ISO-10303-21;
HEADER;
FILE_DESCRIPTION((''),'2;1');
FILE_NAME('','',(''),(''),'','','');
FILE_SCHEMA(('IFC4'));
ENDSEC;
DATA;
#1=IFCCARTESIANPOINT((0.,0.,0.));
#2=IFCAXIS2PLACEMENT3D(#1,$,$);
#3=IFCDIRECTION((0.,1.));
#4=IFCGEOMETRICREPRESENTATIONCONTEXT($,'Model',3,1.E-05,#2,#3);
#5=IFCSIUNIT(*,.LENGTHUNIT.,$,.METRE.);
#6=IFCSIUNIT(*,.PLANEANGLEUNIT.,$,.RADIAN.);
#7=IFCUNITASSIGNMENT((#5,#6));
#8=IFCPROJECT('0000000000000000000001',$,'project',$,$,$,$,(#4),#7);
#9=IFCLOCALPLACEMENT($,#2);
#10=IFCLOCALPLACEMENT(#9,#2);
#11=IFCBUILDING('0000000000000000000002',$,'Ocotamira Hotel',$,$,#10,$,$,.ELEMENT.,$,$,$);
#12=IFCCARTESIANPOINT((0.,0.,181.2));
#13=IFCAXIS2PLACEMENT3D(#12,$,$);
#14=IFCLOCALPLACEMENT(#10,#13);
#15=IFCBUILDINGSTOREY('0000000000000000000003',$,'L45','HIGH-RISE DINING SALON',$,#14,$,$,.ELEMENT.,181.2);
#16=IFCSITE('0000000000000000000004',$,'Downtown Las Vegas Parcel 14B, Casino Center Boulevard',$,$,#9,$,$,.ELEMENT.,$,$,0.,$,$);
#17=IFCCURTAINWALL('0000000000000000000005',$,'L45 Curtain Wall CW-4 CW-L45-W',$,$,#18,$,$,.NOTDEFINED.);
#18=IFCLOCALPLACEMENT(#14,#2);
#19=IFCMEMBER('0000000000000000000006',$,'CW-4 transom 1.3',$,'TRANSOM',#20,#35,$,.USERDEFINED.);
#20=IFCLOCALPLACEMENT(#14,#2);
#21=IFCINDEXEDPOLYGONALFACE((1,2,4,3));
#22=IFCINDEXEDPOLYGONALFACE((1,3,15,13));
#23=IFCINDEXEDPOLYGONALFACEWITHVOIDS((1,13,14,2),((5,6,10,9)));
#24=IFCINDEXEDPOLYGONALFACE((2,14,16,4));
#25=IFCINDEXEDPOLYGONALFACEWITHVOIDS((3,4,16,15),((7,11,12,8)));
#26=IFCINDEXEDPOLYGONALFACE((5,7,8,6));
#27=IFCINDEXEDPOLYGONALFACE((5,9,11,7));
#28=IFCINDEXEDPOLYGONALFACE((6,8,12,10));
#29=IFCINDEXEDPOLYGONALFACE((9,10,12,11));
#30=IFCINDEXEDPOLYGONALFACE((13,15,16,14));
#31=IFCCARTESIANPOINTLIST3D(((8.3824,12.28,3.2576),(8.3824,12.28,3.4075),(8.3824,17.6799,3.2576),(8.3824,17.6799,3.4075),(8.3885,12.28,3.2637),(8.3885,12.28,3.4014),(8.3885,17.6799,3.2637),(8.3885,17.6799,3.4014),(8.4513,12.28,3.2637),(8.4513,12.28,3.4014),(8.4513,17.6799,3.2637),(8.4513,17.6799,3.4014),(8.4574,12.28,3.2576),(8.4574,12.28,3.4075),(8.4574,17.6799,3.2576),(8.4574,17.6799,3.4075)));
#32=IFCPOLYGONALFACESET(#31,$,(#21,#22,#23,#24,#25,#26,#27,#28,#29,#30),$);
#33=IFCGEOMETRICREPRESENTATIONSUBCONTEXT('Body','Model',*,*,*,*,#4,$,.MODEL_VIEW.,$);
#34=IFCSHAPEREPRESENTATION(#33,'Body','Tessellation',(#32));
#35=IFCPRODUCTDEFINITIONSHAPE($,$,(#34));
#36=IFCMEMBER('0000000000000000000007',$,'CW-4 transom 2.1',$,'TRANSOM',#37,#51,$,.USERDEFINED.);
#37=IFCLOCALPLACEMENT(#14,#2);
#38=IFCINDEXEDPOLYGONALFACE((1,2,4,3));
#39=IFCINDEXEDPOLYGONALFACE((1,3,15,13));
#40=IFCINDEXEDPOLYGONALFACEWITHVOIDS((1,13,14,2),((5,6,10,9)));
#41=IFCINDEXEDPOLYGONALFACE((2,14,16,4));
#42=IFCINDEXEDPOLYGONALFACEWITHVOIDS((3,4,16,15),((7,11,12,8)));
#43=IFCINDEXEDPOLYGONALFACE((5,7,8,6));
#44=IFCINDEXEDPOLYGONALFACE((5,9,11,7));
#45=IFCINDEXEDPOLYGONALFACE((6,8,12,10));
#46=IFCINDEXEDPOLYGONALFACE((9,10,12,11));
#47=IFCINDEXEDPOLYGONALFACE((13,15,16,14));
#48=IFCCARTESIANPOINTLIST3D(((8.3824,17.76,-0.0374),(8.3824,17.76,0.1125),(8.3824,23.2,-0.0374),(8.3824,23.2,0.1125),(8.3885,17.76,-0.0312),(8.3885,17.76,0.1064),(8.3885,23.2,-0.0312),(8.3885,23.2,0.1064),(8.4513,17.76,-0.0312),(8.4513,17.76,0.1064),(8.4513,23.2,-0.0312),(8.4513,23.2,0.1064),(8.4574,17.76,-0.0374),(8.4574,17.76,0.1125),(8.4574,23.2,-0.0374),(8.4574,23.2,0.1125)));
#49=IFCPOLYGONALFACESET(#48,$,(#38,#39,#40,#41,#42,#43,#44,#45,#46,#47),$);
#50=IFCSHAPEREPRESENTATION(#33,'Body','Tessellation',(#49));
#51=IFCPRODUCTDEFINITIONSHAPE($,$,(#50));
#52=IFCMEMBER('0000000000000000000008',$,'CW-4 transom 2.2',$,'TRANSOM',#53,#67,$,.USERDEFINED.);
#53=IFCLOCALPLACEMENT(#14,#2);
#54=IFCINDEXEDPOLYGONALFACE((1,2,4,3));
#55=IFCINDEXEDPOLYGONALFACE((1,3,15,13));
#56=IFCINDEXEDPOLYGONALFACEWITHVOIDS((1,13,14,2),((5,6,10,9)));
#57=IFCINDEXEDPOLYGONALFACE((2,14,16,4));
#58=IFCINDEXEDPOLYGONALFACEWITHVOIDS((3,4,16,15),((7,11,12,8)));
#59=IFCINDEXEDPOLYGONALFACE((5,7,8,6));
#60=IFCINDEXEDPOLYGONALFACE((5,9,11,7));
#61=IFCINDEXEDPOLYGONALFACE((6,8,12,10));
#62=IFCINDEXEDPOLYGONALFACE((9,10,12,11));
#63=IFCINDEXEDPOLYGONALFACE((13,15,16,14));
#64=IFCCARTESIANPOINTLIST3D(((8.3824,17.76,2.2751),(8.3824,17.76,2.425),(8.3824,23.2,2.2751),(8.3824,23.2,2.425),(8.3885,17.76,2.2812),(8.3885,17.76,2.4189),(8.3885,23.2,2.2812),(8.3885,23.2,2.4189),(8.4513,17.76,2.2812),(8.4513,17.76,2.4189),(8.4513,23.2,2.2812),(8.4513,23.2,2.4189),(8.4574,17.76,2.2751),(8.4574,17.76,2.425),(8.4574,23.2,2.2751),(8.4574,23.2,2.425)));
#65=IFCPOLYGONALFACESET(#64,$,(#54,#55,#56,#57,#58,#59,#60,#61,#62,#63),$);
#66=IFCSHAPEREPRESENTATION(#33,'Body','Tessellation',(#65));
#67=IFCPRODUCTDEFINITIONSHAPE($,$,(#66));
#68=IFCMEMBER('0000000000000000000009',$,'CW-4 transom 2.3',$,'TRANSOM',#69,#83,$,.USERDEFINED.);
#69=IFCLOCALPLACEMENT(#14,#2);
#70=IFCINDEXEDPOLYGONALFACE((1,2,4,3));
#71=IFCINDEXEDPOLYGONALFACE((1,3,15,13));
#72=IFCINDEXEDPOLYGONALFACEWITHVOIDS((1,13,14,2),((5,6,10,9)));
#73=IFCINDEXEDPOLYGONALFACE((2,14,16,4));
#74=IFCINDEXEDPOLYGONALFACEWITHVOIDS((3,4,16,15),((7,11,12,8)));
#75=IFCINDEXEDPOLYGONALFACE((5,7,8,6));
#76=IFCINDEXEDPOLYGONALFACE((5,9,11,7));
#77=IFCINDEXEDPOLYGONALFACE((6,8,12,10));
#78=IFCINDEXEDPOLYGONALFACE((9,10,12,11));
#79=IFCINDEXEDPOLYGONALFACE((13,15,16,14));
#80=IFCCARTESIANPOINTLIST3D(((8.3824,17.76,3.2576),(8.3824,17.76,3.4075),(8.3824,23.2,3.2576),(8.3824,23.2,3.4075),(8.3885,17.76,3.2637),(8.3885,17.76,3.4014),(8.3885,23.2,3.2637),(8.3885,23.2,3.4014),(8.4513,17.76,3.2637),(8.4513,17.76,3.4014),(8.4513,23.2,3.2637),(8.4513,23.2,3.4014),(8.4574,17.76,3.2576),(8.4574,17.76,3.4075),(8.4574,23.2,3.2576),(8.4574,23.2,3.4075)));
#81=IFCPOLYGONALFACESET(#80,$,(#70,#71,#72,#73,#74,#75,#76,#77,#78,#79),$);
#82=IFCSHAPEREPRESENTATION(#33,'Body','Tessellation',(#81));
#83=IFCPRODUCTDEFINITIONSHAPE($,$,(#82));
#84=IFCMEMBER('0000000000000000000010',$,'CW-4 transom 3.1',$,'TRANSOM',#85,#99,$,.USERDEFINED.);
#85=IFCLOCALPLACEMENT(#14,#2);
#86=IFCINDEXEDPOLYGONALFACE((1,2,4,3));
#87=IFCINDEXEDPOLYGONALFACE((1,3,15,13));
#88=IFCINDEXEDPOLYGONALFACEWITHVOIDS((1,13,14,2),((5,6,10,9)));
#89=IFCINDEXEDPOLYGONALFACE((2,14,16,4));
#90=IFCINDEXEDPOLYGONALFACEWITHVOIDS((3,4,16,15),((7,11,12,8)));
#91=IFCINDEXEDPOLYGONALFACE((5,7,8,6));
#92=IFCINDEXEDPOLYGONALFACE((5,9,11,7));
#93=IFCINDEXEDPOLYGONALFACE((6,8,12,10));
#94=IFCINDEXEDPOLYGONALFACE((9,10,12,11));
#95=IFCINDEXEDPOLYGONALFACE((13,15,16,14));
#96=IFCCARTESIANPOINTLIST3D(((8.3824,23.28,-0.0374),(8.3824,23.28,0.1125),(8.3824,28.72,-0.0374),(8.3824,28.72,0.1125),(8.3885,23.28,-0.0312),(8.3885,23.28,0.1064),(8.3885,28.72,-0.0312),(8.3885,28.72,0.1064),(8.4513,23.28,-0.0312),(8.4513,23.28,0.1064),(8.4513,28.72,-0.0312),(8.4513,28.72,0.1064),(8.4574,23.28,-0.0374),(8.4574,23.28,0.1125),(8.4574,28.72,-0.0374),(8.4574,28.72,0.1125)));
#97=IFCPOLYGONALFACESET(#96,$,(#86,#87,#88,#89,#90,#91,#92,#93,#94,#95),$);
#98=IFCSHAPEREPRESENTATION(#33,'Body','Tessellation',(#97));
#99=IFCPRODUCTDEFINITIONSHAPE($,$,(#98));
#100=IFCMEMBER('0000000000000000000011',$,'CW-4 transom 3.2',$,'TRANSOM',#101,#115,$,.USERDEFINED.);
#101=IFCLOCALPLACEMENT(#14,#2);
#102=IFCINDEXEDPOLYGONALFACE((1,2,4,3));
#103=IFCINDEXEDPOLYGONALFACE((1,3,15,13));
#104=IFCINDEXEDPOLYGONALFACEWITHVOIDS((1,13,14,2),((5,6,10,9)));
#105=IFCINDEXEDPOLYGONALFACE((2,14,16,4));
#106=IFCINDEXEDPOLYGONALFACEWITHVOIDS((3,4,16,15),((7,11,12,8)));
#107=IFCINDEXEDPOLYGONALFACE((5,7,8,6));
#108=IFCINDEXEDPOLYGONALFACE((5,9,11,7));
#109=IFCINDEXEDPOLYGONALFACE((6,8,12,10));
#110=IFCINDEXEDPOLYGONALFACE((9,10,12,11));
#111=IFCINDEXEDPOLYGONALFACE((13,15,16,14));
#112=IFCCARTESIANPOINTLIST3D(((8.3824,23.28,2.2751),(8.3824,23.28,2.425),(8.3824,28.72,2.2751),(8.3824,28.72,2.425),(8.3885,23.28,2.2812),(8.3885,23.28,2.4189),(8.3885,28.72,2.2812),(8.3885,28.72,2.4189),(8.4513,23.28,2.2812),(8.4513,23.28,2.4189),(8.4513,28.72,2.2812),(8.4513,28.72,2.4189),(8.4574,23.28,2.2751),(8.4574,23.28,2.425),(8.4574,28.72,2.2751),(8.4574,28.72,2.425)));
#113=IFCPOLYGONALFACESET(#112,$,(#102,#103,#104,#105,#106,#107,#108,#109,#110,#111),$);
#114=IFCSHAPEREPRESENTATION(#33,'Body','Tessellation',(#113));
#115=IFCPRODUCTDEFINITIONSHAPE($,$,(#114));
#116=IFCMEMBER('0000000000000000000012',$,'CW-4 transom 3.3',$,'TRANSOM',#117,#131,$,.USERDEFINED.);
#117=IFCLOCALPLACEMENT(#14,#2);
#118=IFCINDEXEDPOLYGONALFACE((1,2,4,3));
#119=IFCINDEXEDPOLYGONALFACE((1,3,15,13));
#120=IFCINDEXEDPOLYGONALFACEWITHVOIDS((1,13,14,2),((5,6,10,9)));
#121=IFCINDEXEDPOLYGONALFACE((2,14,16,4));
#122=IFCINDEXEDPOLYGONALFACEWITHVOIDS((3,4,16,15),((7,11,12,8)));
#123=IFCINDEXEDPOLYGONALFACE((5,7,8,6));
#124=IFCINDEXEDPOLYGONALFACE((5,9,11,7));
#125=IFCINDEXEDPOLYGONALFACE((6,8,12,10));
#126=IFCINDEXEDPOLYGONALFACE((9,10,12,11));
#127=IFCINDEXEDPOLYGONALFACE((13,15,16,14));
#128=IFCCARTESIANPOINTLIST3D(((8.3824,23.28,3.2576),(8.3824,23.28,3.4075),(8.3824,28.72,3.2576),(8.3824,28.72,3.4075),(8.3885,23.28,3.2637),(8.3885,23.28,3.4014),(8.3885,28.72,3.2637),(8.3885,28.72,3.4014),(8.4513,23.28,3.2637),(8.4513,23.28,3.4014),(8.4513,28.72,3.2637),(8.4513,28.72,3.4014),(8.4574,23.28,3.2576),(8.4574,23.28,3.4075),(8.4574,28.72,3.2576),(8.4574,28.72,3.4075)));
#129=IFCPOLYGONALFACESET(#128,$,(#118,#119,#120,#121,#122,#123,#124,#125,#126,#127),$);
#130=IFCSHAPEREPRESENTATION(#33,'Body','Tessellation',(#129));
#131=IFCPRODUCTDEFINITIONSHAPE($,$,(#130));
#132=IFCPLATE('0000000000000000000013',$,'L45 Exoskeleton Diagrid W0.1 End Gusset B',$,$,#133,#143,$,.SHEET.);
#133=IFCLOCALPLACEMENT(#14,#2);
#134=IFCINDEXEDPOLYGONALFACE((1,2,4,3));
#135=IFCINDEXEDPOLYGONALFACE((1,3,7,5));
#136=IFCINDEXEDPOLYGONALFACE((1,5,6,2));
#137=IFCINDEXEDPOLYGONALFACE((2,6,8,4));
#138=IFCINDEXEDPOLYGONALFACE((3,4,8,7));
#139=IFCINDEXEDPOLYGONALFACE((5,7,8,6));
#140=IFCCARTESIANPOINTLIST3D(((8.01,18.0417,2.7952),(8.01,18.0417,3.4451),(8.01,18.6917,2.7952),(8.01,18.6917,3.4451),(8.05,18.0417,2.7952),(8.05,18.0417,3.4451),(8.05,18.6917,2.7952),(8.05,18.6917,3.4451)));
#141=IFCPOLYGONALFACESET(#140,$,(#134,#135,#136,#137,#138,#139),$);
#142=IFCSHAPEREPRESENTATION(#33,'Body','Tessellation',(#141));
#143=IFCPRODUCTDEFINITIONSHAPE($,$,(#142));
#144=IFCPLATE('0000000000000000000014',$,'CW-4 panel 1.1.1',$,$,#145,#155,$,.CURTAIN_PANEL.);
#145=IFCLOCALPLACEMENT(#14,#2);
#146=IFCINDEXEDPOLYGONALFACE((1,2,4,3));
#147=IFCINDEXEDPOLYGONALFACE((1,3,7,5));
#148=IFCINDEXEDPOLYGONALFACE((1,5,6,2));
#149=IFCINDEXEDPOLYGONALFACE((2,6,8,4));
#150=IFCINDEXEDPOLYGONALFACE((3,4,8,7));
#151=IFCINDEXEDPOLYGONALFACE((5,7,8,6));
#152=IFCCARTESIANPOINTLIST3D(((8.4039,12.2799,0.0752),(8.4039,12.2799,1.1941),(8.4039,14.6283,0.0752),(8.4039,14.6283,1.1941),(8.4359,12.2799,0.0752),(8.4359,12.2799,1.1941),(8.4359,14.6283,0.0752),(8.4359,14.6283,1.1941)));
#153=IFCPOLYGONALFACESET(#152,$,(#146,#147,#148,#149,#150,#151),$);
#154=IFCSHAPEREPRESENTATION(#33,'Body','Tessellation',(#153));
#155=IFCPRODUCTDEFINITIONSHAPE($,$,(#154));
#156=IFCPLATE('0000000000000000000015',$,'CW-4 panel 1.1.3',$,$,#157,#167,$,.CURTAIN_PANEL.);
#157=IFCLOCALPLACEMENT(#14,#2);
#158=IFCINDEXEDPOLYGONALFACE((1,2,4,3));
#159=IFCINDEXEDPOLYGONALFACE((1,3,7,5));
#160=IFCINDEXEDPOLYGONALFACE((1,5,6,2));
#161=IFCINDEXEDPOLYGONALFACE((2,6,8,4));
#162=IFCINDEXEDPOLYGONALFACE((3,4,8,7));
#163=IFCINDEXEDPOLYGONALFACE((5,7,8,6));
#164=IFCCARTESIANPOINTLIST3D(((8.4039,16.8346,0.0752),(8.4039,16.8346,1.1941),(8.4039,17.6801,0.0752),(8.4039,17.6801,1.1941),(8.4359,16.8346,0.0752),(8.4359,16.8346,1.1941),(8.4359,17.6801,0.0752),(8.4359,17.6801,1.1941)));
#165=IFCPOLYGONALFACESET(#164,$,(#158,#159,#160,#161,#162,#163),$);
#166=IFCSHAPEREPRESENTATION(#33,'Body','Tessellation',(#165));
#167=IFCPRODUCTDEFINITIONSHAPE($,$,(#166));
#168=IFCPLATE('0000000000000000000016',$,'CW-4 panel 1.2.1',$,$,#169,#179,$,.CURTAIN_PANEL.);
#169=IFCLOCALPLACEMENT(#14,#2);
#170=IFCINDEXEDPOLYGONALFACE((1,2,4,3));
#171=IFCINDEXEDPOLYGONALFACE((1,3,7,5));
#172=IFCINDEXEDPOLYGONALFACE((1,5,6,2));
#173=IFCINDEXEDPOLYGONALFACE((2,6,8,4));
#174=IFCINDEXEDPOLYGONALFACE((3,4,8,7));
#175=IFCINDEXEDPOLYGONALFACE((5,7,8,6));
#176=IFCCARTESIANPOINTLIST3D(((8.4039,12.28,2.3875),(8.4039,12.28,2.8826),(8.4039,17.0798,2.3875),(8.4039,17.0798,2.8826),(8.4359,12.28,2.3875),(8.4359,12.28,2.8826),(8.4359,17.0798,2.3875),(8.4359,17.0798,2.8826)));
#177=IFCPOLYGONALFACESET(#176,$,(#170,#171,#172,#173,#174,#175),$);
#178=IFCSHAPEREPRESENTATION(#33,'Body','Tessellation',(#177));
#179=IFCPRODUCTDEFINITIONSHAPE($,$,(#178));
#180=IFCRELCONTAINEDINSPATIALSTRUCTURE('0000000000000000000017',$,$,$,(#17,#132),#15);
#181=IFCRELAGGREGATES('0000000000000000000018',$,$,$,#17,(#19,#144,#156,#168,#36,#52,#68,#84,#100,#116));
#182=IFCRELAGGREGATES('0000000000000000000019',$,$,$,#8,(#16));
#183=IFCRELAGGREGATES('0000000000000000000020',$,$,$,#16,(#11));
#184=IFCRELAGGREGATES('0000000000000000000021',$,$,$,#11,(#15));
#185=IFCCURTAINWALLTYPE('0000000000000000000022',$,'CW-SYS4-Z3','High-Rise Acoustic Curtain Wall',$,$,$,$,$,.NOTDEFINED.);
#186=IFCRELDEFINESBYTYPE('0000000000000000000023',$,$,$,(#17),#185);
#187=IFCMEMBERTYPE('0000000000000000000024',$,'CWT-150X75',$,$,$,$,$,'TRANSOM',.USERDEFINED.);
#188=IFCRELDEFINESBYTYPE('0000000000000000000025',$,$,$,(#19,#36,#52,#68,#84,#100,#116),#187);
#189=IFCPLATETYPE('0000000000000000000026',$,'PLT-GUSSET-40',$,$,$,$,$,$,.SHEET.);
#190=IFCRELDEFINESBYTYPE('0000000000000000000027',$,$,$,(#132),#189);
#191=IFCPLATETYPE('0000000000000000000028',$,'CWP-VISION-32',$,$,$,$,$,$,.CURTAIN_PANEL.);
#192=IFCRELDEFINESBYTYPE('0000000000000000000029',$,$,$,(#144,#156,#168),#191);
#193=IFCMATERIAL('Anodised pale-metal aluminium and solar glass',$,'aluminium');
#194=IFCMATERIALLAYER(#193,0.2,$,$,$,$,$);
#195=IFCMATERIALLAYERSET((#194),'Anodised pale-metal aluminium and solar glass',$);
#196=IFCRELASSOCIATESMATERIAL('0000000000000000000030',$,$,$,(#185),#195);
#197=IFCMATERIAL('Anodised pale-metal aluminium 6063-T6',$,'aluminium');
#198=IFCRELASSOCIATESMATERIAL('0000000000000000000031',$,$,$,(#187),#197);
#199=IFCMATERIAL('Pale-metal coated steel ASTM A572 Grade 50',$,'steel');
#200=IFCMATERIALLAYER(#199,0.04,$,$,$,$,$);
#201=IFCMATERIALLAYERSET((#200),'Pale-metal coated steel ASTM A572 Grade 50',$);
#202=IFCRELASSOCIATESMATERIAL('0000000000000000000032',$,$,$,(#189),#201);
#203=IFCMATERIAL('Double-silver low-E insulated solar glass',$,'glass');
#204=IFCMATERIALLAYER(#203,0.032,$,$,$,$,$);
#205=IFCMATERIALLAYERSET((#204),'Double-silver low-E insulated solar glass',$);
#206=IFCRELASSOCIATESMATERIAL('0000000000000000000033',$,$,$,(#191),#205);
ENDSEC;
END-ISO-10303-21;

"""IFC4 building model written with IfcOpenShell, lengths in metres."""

from ifc_helpers import new_model, si_unit, direction, frame, origin, origin_2d, place, context, subcontext, project, spatial, rectangle, hollow_rectangle, extrude, source, transform, mapped, material, layer, layer_set, material_profile, profile_set, type_object, element, aggregate, save


model = new_model("IFC4")

# Units and contexts
model_context = context("Model", 3, precision=1e-05, world=origin(), true_north=direction((0.0, 1.0)))
body_context = subcontext(model_context, "Body", "Model", "MODEL_VIEW")
ifc_project = project(units=[si_unit("LENGTHUNIT", "METRE"), si_unit("PLANEANGLEUNIT", "RADIAN")], contexts=[model_context])

# Site, building, storey
site_placement = place(None, origin())
site = spatial("IfcSite", under=ifc_project, at=site_placement, Name="Downtown Las Vegas Parcel 14B, Casino Center Boulevard", CompositionType="ELEMENT", RefElevation=0.0)
building_placement = place(site_placement, origin())
building = spatial("IfcBuilding", under=site, at=building_placement, Name="Ocotamira Hotel", CompositionType="ELEMENT")
storey_placement = place(building_placement, frame((0.0, 0.0, 181.2)))
storey = spatial("IfcBuildingStorey", under=building, at=storey_placement, Name="L45", Description="HIGH-RISE DINING SALON", CompositionType="ELEMENT", Elevation=181.2)

# Curtain wall, members
ifc_material_1 = material(Name="Anodised pale-metal aluminium and solar glass", Category="aluminium")
ifc_layer_1 = layer(ifc_material_1, 0.2)
ifc_layer_set_1 = layer_set([ifc_layer_1], Name="Anodised pale-metal aluminium and solar glass")
curtain_wall_type = type_object("IfcCurtainWallType", Name="CW-SYS4-Z3", Description="High-Rise Acoustic Curtain Wall", PredefinedType="NOTDEFINED", material=ifc_layer_set_1)
curtain_wall_placement = place(storey_placement, origin())
curtain_wall = element("IfcCurtainWall", 1, at=curtain_wall_placement, inside=storey, type_object=curtain_wall_type, Name="L45 Curtain Wall CW-4 CW-L45-W", PredefinedType="NOTDEFINED")
ifc_material_2 = material(Name="Anodised pale-metal aluminium 6063-T6", Category="aluminium")
ifc_material_profile_1 = material_profile(ifc_material_2, hollow_rectangle(XDim=0.075, YDim=0.1499, WallThickness=0.0061, at=origin_2d()), Name="HSS150X75X6")
ifc_profile_set_1 = profile_set([ifc_material_profile_1], Name="Anodised pale-metal aluminium 6063-T6")
member_type_1 = type_object("IfcMemberType", Name="CWT-150X75", ElementType="TRANSOM", PredefinedType="USERDEFINED", material=ifc_profile_set_1)
shared_shape_1 = source(origin(), body_context, "Body", "SweptSolid", [
    extrude(hollow_rectangle(XDim=0.075, YDim=0.1499, WallThickness=0.0061, at=origin_2d()), origin(), (0.0, 0.0, 1.0), 5.3999),
])
member_1_placement = place(storey_placement, frame((8.4199, 12.28, 3.3325), z_axis=(0.0, 1.0, 0.0), x_axis=(-1.0, 0.0, 0.0)))
member_1 = element("IfcMember", 2, at=member_1_placement, type_object=member_type_1, Name="CW-4 transom 1.3", ObjectType="TRANSOM", PredefinedType="USERDEFINED", context=body_context, shape_type="MappedRepresentation", body=[
    mapped(shared_shape_1, transform((0.0, 0.0, 0.0), scale=1.0)),
])
shared_shape_2 = source(origin(), body_context, "Body", "SweptSolid", [
    extrude(hollow_rectangle(XDim=0.075, YDim=0.1499, WallThickness=0.0061, at=origin_2d()), origin(), (0.0, 0.0, 1.0), 5.4399),
])
member_2_placement = place(storey_placement, frame((8.4199, 17.76, 0.0376), z_axis=(0.0, 1.0, 0.0), x_axis=(-1.0, 0.0, 0.0)))
member_2 = element("IfcMember", 3, at=member_2_placement, type_object=member_type_1, Name="CW-4 transom 2.1", ObjectType="TRANSOM", PredefinedType="USERDEFINED", context=body_context, shape_type="MappedRepresentation", body=[
    mapped(shared_shape_2, transform((0.0, 0.0, 0.0), scale=1.0)),
])
member_3_placement = place(storey_placement, frame((8.4199, 17.76, 2.3501), z_axis=(0.0, 1.0, 0.0), x_axis=(-1.0, 0.0, 0.0)))
member_3 = element("IfcMember", 4, at=member_3_placement, type_object=member_type_1, Name="CW-4 transom 2.2", ObjectType="TRANSOM", PredefinedType="USERDEFINED", context=body_context, shape_type="MappedRepresentation", body=[
    mapped(shared_shape_2, transform((0.0, 0.0, 0.0), scale=1.0)),
])
member_4_placement = place(storey_placement, frame((8.4199, 17.76, 3.3325), z_axis=(0.0, 1.0, 0.0), x_axis=(-1.0, 0.0, 0.0)))
member_4 = element("IfcMember", 5, at=member_4_placement, type_object=member_type_1, Name="CW-4 transom 2.3", ObjectType="TRANSOM", PredefinedType="USERDEFINED", context=body_context, shape_type="MappedRepresentation", body=[
    mapped(shared_shape_2, transform((0.0, 0.0, 0.0), scale=1.0)),
])
member_5_placement = place(storey_placement, frame((8.4199, 23.28, 0.0376), z_axis=(0.0, 1.0, 0.0), x_axis=(-1.0, 0.0, 0.0)))
member_5 = element("IfcMember", 6, at=member_5_placement, type_object=member_type_1, Name="CW-4 transom 3.1", ObjectType="TRANSOM", PredefinedType="USERDEFINED", context=body_context, shape_type="MappedRepresentation", body=[
    mapped(shared_shape_2, transform((0.0, 0.0, 0.0), scale=1.0)),
])
member_6_placement = place(storey_placement, frame((8.4199, 23.28, 2.3501), z_axis=(0.0, 1.0, 0.0), x_axis=(-1.0, 0.0, 0.0)))
member_6 = element("IfcMember", 7, at=member_6_placement, type_object=member_type_1, Name="CW-4 transom 3.2", ObjectType="TRANSOM", PredefinedType="USERDEFINED", context=body_context, shape_type="MappedRepresentation", body=[
    mapped(shared_shape_2, transform((0.0, 0.0, 0.0), scale=1.0)),
])
member_7_placement = place(storey_placement, frame((8.4199, 23.28, 3.3325), z_axis=(0.0, 1.0, 0.0), x_axis=(-1.0, 0.0, 0.0)))
member_7 = element("IfcMember", 8, at=member_7_placement, type_object=member_type_1, Name="CW-4 transom 3.3", ObjectType="TRANSOM", PredefinedType="USERDEFINED", context=body_context, shape_type="MappedRepresentation", body=[
    mapped(shared_shape_2, transform((0.0, 0.0, 0.0), scale=1.0)),
])

# Plates
ifc_material_3 = material(Name="Pale-metal coated steel ASTM A572 Grade 50", Category="steel")
ifc_layer_2 = layer(ifc_material_3, 0.04)
ifc_layer_set_2 = layer_set([ifc_layer_2], Name="Pale-metal coated steel ASTM A572 Grade 50")
plate_type_1 = type_object("IfcPlateType", Name="PLT-GUSSET-40", PredefinedType="SHEET", material=ifc_layer_set_2)
shared_shape_3 = source(origin(), body_context, "Body", "SweptSolid", [
    extrude(rectangle(XDim=0.04, YDim=0.6499, at=origin_2d()), origin(), (0.0, 0.0, 1.0), 0.6499),
])
plate_1_placement = place(storey_placement, frame((8.03, 18.3667, 2.7952), z_axis=(0.0, 0.0, 1.0), x_axis=(1.0, 0.0, 0.0)))
element("IfcPlate", 9, at=plate_1_placement, inside=storey, type_object=plate_type_1, Name="L45 Exoskeleton Diagrid W0.1 End Gusset B", PredefinedType="SHEET", context=body_context, shape_type="MappedRepresentation", body=[
    mapped(shared_shape_3, transform((0.0, 0.0, 0.0), scale=1.0)),
])
ifc_material_4 = material(Name="Double-silver low-E insulated solar glass", Category="glass")
ifc_layer_3 = layer(ifc_material_4, 0.032)
ifc_layer_set_3 = layer_set([ifc_layer_3], Name="Double-silver low-E insulated solar glass")
plate_type_2 = type_object("IfcPlateType", Name="CWP-VISION-32", PredefinedType="CURTAIN_PANEL", material=ifc_layer_set_3)
shared_shape_4 = source(origin(), body_context, "Body", "SweptSolid", [
    extrude(rectangle(XDim=2.3484, YDim=0.032, at=origin_2d()), origin(), (0.0, 0.0, 1.0), 1.1189),
])
plate_2_placement = place(storey_placement, frame((8.4199, 13.4541, 0.0752), z_axis=(0.0, 0.0, 1.0), x_axis=(0.0, 1.0, 0.0)))
plate_2 = element("IfcPlate", 10, at=plate_2_placement, type_object=plate_type_2, Name="CW-4 panel 1.1.1", PredefinedType="CURTAIN_PANEL", context=body_context, shape_type="MappedRepresentation", body=[
    mapped(shared_shape_4, transform((0.0, 0.0, 0.0), scale=1.0)),
])
shared_shape_5 = source(origin(), body_context, "Body", "SweptSolid", [
    extrude(rectangle(XDim=0.8455, YDim=0.032, at=origin_2d()), origin(), (0.0, 0.0, 1.0), 1.1189),
])
plate_3_placement = place(storey_placement, frame((8.4199, 17.2573, 0.0752), z_axis=(0.0, 0.0, 1.0), x_axis=(0.0, 1.0, 0.0)))
plate_3 = element("IfcPlate", 11, at=plate_3_placement, type_object=plate_type_2, Name="CW-4 panel 1.1.3", PredefinedType="CURTAIN_PANEL", context=body_context, shape_type="MappedRepresentation", body=[
    mapped(shared_shape_5, transform((0.0, 0.0, 0.0), scale=1.0)),
])
shared_shape_6 = source(origin(), body_context, "Body", "SweptSolid", [
    extrude(rectangle(XDim=4.7998, YDim=0.032, at=origin_2d()), origin(), (0.0, 0.0, 1.0), 0.4951),
])
plate_4_placement = place(storey_placement, frame((8.4199, 14.6799, 2.3875), z_axis=(0.0, 0.0, 1.0), x_axis=(0.0, 1.0, 0.0)))
plate_4 = element("IfcPlate", 12, at=plate_4_placement, type_object=plate_type_2, Name="CW-4 panel 1.2.1", PredefinedType="CURTAIN_PANEL", context=body_context, shape_type="MappedRepresentation", body=[
    mapped(shared_shape_6, transform((0.0, 0.0, 0.0), scale=1.0)),
])
aggregate(curtain_wall, [member_1, plate_2, plate_3, plate_4, member_2, member_3, member_4, member_5, member_6, member_7])

save(model, "model.ifc")
